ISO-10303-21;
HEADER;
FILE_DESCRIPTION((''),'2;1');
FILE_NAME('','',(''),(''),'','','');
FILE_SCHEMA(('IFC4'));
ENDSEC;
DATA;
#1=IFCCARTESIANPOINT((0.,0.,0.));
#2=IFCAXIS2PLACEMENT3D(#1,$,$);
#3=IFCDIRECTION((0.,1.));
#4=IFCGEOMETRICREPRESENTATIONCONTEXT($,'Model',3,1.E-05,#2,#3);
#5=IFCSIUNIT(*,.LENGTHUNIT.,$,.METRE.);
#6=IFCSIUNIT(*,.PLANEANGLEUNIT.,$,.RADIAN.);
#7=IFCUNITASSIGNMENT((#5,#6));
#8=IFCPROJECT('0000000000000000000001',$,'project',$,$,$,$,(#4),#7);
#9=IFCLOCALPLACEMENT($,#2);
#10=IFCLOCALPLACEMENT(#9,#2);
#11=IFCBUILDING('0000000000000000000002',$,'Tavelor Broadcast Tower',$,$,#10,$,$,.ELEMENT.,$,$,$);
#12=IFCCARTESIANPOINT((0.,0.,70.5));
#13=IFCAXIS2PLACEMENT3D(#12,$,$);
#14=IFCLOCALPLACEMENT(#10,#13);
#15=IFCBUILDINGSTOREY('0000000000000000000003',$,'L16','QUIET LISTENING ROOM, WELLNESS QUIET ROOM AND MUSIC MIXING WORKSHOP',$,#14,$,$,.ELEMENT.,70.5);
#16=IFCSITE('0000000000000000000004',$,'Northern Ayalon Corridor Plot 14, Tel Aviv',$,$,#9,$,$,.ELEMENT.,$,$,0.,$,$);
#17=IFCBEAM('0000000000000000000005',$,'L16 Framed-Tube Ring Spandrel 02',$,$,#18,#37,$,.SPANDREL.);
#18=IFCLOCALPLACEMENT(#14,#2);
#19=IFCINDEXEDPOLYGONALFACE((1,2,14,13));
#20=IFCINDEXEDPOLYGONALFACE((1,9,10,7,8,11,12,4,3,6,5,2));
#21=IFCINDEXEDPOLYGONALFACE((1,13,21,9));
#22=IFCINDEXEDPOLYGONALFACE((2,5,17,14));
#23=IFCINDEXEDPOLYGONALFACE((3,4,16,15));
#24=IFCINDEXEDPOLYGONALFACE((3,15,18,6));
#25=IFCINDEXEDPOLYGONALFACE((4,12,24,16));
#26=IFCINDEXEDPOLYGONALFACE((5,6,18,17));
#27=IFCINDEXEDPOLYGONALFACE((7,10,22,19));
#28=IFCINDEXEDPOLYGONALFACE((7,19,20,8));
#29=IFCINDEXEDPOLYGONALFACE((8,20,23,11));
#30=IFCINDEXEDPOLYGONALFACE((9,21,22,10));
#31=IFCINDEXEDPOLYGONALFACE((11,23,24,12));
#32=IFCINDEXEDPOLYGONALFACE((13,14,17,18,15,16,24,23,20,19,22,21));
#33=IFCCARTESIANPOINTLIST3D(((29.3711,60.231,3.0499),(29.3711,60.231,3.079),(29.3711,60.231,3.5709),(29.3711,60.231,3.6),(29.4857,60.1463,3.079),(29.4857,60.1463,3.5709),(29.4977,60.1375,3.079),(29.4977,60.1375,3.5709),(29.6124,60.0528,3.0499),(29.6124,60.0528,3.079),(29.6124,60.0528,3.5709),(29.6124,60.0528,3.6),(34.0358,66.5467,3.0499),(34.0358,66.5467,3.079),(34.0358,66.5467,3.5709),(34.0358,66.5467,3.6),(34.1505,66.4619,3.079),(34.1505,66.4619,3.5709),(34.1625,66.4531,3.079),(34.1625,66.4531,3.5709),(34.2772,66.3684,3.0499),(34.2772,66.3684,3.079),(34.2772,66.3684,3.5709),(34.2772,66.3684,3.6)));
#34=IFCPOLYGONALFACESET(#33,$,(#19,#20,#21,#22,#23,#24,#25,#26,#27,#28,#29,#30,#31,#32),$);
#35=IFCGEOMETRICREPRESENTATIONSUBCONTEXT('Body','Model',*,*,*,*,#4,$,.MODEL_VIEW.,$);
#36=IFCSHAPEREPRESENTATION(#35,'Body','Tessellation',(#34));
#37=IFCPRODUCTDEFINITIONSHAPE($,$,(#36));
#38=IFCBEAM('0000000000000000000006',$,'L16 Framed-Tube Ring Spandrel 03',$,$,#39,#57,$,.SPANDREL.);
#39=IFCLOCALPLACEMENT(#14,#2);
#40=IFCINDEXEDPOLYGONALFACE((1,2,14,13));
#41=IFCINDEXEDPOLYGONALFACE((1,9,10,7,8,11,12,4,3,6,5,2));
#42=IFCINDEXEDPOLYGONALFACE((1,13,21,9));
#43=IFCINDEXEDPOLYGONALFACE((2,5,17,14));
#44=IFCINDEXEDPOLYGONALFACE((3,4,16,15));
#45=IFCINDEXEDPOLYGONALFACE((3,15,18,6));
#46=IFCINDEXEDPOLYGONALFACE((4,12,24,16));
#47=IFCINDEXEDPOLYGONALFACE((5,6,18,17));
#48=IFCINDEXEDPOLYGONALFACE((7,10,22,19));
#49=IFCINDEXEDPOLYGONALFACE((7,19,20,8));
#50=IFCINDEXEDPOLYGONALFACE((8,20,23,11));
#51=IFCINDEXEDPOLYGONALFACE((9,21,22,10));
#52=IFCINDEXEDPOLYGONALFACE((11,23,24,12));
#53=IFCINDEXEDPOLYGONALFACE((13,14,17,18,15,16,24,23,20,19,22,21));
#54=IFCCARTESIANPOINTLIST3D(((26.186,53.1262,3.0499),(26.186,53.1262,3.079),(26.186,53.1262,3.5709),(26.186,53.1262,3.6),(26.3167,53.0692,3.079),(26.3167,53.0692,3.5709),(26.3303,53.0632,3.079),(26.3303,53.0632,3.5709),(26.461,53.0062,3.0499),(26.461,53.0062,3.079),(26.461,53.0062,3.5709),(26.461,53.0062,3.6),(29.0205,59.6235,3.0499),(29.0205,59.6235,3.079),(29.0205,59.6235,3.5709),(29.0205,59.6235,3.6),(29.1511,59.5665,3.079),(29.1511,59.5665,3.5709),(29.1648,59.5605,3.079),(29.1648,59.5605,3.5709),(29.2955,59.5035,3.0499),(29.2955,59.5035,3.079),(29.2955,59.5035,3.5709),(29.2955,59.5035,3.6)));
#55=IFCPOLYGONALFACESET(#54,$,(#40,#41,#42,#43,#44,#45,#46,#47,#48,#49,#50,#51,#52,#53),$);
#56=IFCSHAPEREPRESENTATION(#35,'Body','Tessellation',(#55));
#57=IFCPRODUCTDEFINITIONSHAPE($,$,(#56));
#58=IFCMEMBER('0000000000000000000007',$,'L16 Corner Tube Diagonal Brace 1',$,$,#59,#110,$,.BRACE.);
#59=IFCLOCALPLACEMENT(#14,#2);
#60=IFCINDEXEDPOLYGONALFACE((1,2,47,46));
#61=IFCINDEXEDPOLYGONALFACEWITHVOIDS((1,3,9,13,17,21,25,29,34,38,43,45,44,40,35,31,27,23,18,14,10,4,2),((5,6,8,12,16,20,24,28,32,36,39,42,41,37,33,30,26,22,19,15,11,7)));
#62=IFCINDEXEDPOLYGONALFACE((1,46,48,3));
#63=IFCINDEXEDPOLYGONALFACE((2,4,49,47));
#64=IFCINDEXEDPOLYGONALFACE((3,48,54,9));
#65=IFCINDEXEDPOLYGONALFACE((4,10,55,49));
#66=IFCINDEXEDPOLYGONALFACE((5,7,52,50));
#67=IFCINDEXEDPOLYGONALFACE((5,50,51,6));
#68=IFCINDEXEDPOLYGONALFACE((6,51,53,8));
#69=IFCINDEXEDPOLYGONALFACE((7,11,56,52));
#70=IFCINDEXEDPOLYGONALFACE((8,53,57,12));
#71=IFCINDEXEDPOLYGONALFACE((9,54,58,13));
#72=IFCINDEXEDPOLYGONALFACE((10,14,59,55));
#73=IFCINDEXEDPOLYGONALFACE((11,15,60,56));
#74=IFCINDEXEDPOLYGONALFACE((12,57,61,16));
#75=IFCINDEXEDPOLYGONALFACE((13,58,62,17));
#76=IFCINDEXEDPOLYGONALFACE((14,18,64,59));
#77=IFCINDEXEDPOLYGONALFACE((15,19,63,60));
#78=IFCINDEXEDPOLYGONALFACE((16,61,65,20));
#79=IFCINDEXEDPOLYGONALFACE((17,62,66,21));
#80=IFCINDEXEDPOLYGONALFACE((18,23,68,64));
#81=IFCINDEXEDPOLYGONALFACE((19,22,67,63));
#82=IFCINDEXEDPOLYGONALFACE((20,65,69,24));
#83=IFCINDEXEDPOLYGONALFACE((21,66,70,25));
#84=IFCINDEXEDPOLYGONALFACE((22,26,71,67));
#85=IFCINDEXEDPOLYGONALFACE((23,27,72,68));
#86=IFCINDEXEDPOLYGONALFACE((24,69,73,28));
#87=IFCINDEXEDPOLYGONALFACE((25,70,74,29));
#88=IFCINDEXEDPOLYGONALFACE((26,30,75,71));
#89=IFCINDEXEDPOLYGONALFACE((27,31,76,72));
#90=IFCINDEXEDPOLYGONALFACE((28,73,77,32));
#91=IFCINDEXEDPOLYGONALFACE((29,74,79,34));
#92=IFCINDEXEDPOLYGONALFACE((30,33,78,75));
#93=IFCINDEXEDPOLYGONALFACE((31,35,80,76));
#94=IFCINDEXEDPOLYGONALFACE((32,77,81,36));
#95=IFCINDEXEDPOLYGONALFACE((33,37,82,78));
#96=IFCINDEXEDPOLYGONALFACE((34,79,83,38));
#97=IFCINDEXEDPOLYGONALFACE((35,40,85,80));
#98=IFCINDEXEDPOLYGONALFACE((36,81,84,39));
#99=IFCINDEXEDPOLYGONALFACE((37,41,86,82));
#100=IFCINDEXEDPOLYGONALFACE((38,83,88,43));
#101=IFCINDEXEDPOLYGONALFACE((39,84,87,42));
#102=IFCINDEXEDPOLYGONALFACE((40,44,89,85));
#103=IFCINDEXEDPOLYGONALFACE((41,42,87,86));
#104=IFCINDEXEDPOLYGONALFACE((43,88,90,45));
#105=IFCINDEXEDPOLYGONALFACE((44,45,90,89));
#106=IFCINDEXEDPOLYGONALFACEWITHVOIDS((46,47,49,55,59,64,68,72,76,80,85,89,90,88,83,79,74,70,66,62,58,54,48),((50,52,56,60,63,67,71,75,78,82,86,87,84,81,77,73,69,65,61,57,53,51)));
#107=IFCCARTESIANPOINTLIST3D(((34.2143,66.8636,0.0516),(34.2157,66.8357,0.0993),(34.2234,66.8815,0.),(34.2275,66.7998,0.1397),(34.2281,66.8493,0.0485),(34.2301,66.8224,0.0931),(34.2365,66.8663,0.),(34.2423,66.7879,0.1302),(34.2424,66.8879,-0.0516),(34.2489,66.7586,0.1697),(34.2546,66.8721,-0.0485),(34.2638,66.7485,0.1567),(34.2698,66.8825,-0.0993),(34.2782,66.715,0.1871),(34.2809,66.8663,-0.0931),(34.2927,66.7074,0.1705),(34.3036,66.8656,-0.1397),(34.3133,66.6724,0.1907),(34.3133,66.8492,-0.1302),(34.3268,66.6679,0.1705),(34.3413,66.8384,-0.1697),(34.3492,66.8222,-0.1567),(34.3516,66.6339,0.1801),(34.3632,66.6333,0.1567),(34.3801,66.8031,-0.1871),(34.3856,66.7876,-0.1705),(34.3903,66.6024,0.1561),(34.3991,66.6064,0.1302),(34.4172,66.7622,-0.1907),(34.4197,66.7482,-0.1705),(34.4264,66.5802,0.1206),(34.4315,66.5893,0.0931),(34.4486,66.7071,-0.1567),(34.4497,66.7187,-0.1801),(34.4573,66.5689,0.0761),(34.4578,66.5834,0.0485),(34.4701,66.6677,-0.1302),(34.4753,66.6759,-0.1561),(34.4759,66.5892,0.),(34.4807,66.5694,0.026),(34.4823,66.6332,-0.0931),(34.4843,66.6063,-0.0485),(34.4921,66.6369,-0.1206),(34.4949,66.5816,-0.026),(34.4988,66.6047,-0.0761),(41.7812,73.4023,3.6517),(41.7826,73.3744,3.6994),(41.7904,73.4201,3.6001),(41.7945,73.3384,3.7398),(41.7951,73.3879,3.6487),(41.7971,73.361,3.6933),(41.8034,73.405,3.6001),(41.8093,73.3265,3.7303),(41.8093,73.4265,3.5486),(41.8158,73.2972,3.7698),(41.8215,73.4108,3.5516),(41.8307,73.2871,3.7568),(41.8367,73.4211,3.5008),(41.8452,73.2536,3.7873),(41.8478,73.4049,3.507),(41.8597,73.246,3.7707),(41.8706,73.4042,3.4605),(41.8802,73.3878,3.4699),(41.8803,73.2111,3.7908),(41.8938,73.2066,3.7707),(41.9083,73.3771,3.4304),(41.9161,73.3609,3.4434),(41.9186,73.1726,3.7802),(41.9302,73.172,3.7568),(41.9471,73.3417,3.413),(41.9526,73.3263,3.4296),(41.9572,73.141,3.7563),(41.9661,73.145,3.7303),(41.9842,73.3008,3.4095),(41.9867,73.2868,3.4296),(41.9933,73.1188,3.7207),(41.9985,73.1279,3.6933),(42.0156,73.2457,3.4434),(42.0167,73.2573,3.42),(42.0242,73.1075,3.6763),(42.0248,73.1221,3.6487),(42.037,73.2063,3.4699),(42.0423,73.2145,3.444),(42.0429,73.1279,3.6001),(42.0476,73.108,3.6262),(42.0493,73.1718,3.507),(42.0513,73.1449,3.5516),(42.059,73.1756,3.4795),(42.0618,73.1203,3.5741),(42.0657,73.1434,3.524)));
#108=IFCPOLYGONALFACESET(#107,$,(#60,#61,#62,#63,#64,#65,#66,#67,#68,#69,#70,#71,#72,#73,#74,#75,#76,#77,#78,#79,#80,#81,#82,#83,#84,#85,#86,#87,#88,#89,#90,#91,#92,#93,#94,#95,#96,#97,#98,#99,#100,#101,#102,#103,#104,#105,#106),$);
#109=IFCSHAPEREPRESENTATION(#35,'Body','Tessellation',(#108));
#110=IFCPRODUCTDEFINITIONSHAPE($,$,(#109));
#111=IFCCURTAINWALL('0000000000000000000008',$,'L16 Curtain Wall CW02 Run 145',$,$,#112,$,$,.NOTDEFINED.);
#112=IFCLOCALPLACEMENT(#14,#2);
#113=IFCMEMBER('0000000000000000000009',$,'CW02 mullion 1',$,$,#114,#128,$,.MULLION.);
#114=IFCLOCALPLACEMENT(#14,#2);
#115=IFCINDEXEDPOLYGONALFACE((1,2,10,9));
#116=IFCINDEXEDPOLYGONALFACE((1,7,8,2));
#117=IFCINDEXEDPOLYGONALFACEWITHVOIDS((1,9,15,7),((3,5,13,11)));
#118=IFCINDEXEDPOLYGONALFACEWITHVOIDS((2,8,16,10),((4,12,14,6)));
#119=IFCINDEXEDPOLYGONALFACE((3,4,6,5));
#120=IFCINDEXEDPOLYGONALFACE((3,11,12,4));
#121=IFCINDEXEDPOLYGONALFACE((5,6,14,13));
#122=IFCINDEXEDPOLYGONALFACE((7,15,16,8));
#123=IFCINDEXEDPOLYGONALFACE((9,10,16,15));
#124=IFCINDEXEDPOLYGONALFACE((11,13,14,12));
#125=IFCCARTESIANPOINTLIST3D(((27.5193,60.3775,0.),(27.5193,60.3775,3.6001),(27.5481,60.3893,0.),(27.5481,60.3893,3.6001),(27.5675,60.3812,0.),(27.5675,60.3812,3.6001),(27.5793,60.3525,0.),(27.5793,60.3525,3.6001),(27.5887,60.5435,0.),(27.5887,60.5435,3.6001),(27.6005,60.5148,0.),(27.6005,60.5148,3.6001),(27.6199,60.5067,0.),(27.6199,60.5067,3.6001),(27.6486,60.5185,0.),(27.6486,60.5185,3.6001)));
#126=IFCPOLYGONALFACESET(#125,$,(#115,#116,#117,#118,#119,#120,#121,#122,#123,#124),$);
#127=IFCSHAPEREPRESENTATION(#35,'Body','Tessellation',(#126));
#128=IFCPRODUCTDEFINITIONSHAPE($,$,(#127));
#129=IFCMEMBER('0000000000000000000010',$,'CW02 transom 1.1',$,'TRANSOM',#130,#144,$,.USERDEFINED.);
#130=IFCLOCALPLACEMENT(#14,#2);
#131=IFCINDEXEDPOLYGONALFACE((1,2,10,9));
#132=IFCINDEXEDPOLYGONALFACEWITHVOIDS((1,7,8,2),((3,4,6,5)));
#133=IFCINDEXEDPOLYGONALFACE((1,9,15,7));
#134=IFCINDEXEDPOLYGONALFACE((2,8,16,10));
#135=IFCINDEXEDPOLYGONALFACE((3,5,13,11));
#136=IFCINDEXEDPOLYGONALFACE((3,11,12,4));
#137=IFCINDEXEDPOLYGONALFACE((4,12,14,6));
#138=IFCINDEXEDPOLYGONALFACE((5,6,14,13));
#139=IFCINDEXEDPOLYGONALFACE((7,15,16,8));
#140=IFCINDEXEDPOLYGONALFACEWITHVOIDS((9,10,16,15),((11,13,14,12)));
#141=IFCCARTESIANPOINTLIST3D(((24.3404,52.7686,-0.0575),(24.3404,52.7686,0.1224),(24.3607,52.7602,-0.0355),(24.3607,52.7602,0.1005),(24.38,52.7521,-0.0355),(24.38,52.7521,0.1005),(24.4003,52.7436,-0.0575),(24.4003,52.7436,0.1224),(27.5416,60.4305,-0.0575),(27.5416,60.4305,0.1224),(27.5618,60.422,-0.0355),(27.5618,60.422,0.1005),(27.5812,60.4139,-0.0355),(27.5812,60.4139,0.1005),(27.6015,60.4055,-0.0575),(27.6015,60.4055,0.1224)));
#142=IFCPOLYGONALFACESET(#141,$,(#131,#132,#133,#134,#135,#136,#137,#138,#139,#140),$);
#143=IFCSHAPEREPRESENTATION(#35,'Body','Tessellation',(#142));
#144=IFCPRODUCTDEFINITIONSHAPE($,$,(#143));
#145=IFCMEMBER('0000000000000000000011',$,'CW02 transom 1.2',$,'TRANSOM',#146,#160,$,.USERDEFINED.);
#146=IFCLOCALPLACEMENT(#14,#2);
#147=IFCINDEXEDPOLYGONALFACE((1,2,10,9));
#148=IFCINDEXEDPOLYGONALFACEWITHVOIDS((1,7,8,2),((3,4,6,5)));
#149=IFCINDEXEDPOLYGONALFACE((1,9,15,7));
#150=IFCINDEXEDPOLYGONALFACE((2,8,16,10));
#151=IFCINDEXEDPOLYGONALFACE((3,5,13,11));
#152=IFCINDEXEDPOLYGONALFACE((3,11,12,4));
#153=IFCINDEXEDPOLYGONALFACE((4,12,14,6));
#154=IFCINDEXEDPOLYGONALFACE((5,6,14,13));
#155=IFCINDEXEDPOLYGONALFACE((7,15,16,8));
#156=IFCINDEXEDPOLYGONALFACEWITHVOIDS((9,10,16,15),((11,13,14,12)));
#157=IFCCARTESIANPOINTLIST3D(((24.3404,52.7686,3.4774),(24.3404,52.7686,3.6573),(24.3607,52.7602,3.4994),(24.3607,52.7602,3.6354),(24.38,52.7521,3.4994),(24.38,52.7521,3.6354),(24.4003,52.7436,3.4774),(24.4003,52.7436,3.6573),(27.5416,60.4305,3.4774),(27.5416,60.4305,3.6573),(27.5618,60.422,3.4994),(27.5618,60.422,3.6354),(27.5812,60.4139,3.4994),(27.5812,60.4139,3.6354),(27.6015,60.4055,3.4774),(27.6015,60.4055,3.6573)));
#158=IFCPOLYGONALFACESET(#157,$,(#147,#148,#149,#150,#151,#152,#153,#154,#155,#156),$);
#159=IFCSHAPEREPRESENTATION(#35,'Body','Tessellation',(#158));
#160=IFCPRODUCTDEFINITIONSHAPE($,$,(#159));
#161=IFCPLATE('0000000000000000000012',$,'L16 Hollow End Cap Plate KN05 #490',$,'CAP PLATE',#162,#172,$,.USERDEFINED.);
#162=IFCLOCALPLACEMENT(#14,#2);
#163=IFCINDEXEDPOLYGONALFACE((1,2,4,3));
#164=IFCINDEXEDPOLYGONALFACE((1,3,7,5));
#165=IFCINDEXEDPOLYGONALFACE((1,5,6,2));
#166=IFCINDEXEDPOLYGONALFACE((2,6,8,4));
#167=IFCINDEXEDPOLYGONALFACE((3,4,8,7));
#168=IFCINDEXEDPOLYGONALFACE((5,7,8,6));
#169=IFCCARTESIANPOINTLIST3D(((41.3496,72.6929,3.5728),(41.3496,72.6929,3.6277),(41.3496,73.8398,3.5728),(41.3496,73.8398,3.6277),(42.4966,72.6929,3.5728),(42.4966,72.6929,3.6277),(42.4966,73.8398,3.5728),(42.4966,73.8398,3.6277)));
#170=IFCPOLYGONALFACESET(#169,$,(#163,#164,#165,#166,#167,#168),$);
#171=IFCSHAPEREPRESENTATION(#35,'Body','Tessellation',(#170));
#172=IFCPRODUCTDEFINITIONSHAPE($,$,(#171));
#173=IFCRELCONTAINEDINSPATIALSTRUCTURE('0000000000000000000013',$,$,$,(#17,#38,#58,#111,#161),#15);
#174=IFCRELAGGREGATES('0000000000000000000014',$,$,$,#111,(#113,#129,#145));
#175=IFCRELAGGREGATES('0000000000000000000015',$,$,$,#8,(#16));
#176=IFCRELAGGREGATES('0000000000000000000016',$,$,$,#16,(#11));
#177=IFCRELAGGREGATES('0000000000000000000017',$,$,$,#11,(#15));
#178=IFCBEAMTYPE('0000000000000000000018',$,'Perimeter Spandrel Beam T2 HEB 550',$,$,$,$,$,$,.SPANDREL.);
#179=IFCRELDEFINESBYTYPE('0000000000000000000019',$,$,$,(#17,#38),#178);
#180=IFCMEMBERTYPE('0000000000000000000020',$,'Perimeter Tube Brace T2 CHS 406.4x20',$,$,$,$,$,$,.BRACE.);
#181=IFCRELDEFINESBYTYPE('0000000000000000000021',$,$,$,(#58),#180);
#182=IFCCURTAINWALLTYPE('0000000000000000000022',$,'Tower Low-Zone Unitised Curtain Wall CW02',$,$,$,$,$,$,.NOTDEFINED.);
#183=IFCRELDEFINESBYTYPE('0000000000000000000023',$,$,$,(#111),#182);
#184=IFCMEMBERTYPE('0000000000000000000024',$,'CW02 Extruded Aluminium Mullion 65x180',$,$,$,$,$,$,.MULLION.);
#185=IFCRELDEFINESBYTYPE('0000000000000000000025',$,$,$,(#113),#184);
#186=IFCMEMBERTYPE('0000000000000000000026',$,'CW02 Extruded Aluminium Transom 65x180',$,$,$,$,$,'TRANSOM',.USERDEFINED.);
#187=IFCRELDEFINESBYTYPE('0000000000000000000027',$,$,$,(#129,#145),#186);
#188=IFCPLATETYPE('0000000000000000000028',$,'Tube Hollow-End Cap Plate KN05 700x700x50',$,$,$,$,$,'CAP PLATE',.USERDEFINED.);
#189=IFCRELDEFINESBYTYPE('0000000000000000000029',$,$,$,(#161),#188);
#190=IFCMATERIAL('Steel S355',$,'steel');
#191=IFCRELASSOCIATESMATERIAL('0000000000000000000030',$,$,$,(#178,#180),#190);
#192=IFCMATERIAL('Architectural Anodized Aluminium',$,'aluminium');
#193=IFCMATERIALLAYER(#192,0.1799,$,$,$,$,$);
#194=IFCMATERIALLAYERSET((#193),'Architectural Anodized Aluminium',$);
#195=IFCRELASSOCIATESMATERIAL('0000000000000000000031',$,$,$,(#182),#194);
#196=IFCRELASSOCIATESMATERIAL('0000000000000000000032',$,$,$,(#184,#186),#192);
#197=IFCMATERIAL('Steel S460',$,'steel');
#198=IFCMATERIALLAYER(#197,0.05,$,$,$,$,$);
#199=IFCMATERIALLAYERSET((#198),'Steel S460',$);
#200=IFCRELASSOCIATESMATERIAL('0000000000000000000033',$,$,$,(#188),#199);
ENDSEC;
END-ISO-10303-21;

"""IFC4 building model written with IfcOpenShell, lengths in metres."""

from ifc_helpers import new_model, si_unit, direction, frame, origin, origin_2d, place, context, subcontext, project, spatial, rectangle, hollow_rectangle, hollow_circle, i_section, extrude, source, transform, mapped, material, layer, layer_set, material_profile, profile_set, type_object, type_shapes, element, aggregate, save


model = new_model("IFC4")

# Units and contexts
model_context = context("Model", 3, precision=1e-05, world=origin(), true_north=direction((0.0, 1.0)))
body_context = subcontext(model_context, "Body", "Model", "MODEL_VIEW")
ifc_project = project(units=[si_unit("LENGTHUNIT", "METRE"), si_unit("PLANEANGLEUNIT", "RADIAN")], contexts=[model_context])

# Site, building, storey
site_placement = place(None, origin())
site = spatial("IfcSite", under=ifc_project, at=site_placement, Name="Northern Ayalon Corridor Plot 14, Tel Aviv", CompositionType="ELEMENT", RefElevation=0.0)
building_placement = place(site_placement, origin())
building = spatial("IfcBuilding", under=site, at=building_placement, Name="Tavelor Broadcast Tower", CompositionType="ELEMENT")
storey_placement = place(building_placement, frame((0.0, 0.0, 70.5)))
storey = spatial("IfcBuildingStorey", under=building, at=storey_placement, Name="L16", Description="QUIET LISTENING ROOM, WELLNESS QUIET ROOM AND MUSIC MIXING WORKSHOP", CompositionType="ELEMENT", Elevation=70.5)

# Shared definitions
ifc_material_1 = material(Name="Steel S460", Category="steel")

# Beams
ifc_material_2 = material(Name="Steel S355", Category="steel")
ifc_material_profile_1 = material_profile(ifc_material_2, i_section(OverallWidth=0.3, OverallDepth=0.55, WebThickness=0.0149, FlangeThickness=0.0291, at=origin_2d()), Name="HEB 550")
ifc_profile_set_1 = profile_set([ifc_material_profile_1], Name="Steel S355")
beam_type_1 = type_object("IfcBeamType", Name="Perimeter Spandrel Beam T2 HEB 550", PredefinedType="SPANDREL", material=ifc_profile_set_1)
beam_1_placement = place(storey_placement, frame((34.1565, 66.4575, 3.325), z_axis=(-0.594118, -0.804378, 0.0), x_axis=(0.804378, -0.594118, 0.0)))
element("IfcBeam", 1, at=beam_1_placement, inside=storey, type_object=beam_type_1, Name="L16 Framed-Tube Ring Spandrel 02", PredefinedType="SPANDREL", context=body_context, shape_type="SweptSolid", body=[
    extrude(i_section(OverallWidth=0.3, OverallDepth=0.55, WebThickness=0.0149, FlangeThickness=0.0291, at=origin_2d()), origin(), (0.0, 0.0, 1.0), 7.8516),
])
beam_2_placement = place(storey_placement, frame((29.158, 59.5635, 3.325), z_axis=(-0.399859, -0.916577, 0.0), x_axis=(0.916577, -0.399859, 0.0)))
element("IfcBeam", 2, at=beam_2_placement, inside=storey, type_object=beam_type_1, Name="L16 Framed-Tube Ring Spandrel 03", PredefinedType="SPANDREL", context=body_context, shape_type="SweptSolid", body=[
    extrude(i_section(OverallWidth=0.3, OverallDepth=0.55, WebThickness=0.0149, FlangeThickness=0.0291, at=origin_2d()), origin(), (0.0, 0.0, 1.0), 7.0886),
])

# Member
ifc_material_profile_2 = material_profile(ifc_material_2, hollow_circle(Radius=0.2031, WallThickness=0.02, at=origin_2d()), Name="CHS 406.4x20")
ifc_profile_set_2 = profile_set([ifc_material_profile_2], Name="Steel S355")
member_type_1 = type_object("IfcMemberType", Name="Perimeter Tube Brace T2 CHS 406.4x20", PredefinedType="BRACE", material=ifc_profile_set_2)
member_1_placement = place(storey_placement, frame((34.3562, 66.7278, 0.0), z_axis=(0.711923, 0.615175, 0.338711), x_axis=(-0.653822, 0.756648, 0.0)))
element("IfcMember", 3, at=member_1_placement, inside=storey, type_object=member_type_1, Name="L16 Corner Tube Diagonal Brace 1", PredefinedType="BRACE", context=body_context, shape_type="SweptSolid", body=[
    extrude(hollow_circle(Radius=0.2031, WallThickness=0.02, at=origin_2d()), origin(), (0.0, 0.0, 1.0), 10.6289),
])

# Curtain wall, members
ifc_material_3 = material(Name="Architectural Anodized Aluminium", Category="aluminium")
ifc_layer_1 = layer(ifc_material_3, 0.1799)
ifc_layer_set_1 = layer_set([ifc_layer_1], Name="Architectural Anodized Aluminium")
curtain_wall_type = type_object("IfcCurtainWallType", Name="Tower Low-Zone Unitised Curtain Wall CW02", PredefinedType="NOTDEFINED", material=ifc_layer_set_1)
curtain_wall_placement = place(storey_placement, origin())
curtain_wall = element("IfcCurtainWall", 4, at=curtain_wall_placement, inside=storey, type_object=curtain_wall_type, Name="L16 Curtain Wall CW02 Run 145", PredefinedType="NOTDEFINED")
ifc_material_profile_3 = material_profile(ifc_material_3, hollow_rectangle(XDim=0.0649, YDim=0.1799, WallThickness=0.022, at=origin_2d()), Name="RHS 65x180x22")
ifc_profile_set_3 = profile_set([ifc_material_profile_3], Name="Architectural Anodized Aluminium")
member_type_2 = type_object("IfcMemberType", Name="CW02 Extruded Aluminium Mullion 65x180", PredefinedType="MULLION", material=ifc_profile_set_3)
shared_shape_1 = source(origin(), body_context, "Body", "SweptSolid", [
    extrude(hollow_rectangle(XDim=0.0649, YDim=0.1799, WallThickness=0.022, at=origin_2d()), origin(), (0.0, 0.0, 1.0), 3.6001),
])
type_shapes(member_type_2, [shared_shape_1])
member_2_placement = place(storey_placement, frame((27.584, 60.448, 0.0), z_axis=(0.0, 0.0, 1.0), x_axis=(0.922707, -0.385503, 0.0)))
member_2 = element("IfcMember", 5, at=member_2_placement, type_object=member_type_2, Name="CW02 mullion 1", PredefinedType="MULLION", context=body_context, shape_type="MappedRepresentation", body=[
    mapped(shared_shape_1, transform((0.0, 0.0, 0.0), scale=1.0)),
])
ifc_material_profile_4 = material_profile(ifc_material_3, hollow_rectangle(XDim=0.0649, YDim=0.1799, WallThickness=0.022, at=origin_2d()), Name="RHS 65x180x22")
ifc_profile_set_4 = profile_set([ifc_material_profile_4], Name="Architectural Anodized Aluminium")
member_type_3 = type_object("IfcMemberType", Name="CW02 Extruded Aluminium Transom 65x180", ElementType="TRANSOM", PredefinedType="USERDEFINED", material=ifc_profile_set_4)
shared_shape_2 = source(origin(), body_context, "Body", "SweptSolid", [
    extrude(hollow_rectangle(XDim=0.0649, YDim=0.1799, WallThickness=0.022, at=origin_2d()), origin(), (0.0, 0.0, 1.0), 8.3037),
])
type_shapes(member_type_3, [shared_shape_2])
member_3_placement = place(storey_placement, frame((27.5715, 60.418, 0.0325), z_axis=(-0.385511, -0.922703, 0.0), x_axis=(0.922703, -0.385511, 0.0)))
member_3 = element("IfcMember", 6, at=member_3_placement, type_object=member_type_3, Name="CW02 transom 1.1", ObjectType="TRANSOM", PredefinedType="USERDEFINED", context=body_context, shape_type="MappedRepresentation", body=[
    mapped(shared_shape_2, transform((0.0, 0.0, 0.0), scale=1.0)),
])
member_4_placement = place(storey_placement, frame((27.5715, 60.418, 3.5674), z_axis=(-0.385511, -0.922703, 0.0), x_axis=(0.922703, -0.385511, 0.0)))
member_4 = element("IfcMember", 7, at=member_4_placement, type_object=member_type_3, Name="CW02 transom 1.2", ObjectType="TRANSOM", PredefinedType="USERDEFINED", context=body_context, shape_type="MappedRepresentation", body=[
    mapped(shared_shape_2, transform((0.0, 0.0, 0.0), scale=1.0)),
])
aggregate(curtain_wall, [member_2, member_3, member_4])

# Plate
ifc_layer_2 = layer(ifc_material_1, 0.05)
ifc_layer_set_2 = layer_set([ifc_layer_2], Name="Steel S460")
plate_type = type_object("IfcPlateType", Name="Tube Hollow-End Cap Plate KN05 700x700x50", ElementType="CAP PLATE", PredefinedType="USERDEFINED", material=ifc_layer_set_2)
shared_shape_3 = source(origin(), body_context, "Body", "SweptSolid", [
    extrude(rectangle(XDim=1.147, YDim=1.147, at=origin_2d()), origin(), (0.0, 0.0, 1.0), 0.0549),
])
plate_placement = place(storey_placement, frame((41.9231, 73.2664, 3.5728), z_axis=(0.0, 0.0, 1.0), x_axis=(1.0, 0.0, 0.0)))
element("IfcPlate", 8, at=plate_placement, inside=storey, type_object=plate_type, Name="L16 Hollow End Cap Plate KN05 #490", ObjectType="CAP PLATE", PredefinedType="USERDEFINED", context=body_context, shape_type="MappedRepresentation", body=[
    mapped(shared_shape_3, transform((0.0, 0.0, 0.0), scale=1.0)),
])

save(model, "model.ifc")
